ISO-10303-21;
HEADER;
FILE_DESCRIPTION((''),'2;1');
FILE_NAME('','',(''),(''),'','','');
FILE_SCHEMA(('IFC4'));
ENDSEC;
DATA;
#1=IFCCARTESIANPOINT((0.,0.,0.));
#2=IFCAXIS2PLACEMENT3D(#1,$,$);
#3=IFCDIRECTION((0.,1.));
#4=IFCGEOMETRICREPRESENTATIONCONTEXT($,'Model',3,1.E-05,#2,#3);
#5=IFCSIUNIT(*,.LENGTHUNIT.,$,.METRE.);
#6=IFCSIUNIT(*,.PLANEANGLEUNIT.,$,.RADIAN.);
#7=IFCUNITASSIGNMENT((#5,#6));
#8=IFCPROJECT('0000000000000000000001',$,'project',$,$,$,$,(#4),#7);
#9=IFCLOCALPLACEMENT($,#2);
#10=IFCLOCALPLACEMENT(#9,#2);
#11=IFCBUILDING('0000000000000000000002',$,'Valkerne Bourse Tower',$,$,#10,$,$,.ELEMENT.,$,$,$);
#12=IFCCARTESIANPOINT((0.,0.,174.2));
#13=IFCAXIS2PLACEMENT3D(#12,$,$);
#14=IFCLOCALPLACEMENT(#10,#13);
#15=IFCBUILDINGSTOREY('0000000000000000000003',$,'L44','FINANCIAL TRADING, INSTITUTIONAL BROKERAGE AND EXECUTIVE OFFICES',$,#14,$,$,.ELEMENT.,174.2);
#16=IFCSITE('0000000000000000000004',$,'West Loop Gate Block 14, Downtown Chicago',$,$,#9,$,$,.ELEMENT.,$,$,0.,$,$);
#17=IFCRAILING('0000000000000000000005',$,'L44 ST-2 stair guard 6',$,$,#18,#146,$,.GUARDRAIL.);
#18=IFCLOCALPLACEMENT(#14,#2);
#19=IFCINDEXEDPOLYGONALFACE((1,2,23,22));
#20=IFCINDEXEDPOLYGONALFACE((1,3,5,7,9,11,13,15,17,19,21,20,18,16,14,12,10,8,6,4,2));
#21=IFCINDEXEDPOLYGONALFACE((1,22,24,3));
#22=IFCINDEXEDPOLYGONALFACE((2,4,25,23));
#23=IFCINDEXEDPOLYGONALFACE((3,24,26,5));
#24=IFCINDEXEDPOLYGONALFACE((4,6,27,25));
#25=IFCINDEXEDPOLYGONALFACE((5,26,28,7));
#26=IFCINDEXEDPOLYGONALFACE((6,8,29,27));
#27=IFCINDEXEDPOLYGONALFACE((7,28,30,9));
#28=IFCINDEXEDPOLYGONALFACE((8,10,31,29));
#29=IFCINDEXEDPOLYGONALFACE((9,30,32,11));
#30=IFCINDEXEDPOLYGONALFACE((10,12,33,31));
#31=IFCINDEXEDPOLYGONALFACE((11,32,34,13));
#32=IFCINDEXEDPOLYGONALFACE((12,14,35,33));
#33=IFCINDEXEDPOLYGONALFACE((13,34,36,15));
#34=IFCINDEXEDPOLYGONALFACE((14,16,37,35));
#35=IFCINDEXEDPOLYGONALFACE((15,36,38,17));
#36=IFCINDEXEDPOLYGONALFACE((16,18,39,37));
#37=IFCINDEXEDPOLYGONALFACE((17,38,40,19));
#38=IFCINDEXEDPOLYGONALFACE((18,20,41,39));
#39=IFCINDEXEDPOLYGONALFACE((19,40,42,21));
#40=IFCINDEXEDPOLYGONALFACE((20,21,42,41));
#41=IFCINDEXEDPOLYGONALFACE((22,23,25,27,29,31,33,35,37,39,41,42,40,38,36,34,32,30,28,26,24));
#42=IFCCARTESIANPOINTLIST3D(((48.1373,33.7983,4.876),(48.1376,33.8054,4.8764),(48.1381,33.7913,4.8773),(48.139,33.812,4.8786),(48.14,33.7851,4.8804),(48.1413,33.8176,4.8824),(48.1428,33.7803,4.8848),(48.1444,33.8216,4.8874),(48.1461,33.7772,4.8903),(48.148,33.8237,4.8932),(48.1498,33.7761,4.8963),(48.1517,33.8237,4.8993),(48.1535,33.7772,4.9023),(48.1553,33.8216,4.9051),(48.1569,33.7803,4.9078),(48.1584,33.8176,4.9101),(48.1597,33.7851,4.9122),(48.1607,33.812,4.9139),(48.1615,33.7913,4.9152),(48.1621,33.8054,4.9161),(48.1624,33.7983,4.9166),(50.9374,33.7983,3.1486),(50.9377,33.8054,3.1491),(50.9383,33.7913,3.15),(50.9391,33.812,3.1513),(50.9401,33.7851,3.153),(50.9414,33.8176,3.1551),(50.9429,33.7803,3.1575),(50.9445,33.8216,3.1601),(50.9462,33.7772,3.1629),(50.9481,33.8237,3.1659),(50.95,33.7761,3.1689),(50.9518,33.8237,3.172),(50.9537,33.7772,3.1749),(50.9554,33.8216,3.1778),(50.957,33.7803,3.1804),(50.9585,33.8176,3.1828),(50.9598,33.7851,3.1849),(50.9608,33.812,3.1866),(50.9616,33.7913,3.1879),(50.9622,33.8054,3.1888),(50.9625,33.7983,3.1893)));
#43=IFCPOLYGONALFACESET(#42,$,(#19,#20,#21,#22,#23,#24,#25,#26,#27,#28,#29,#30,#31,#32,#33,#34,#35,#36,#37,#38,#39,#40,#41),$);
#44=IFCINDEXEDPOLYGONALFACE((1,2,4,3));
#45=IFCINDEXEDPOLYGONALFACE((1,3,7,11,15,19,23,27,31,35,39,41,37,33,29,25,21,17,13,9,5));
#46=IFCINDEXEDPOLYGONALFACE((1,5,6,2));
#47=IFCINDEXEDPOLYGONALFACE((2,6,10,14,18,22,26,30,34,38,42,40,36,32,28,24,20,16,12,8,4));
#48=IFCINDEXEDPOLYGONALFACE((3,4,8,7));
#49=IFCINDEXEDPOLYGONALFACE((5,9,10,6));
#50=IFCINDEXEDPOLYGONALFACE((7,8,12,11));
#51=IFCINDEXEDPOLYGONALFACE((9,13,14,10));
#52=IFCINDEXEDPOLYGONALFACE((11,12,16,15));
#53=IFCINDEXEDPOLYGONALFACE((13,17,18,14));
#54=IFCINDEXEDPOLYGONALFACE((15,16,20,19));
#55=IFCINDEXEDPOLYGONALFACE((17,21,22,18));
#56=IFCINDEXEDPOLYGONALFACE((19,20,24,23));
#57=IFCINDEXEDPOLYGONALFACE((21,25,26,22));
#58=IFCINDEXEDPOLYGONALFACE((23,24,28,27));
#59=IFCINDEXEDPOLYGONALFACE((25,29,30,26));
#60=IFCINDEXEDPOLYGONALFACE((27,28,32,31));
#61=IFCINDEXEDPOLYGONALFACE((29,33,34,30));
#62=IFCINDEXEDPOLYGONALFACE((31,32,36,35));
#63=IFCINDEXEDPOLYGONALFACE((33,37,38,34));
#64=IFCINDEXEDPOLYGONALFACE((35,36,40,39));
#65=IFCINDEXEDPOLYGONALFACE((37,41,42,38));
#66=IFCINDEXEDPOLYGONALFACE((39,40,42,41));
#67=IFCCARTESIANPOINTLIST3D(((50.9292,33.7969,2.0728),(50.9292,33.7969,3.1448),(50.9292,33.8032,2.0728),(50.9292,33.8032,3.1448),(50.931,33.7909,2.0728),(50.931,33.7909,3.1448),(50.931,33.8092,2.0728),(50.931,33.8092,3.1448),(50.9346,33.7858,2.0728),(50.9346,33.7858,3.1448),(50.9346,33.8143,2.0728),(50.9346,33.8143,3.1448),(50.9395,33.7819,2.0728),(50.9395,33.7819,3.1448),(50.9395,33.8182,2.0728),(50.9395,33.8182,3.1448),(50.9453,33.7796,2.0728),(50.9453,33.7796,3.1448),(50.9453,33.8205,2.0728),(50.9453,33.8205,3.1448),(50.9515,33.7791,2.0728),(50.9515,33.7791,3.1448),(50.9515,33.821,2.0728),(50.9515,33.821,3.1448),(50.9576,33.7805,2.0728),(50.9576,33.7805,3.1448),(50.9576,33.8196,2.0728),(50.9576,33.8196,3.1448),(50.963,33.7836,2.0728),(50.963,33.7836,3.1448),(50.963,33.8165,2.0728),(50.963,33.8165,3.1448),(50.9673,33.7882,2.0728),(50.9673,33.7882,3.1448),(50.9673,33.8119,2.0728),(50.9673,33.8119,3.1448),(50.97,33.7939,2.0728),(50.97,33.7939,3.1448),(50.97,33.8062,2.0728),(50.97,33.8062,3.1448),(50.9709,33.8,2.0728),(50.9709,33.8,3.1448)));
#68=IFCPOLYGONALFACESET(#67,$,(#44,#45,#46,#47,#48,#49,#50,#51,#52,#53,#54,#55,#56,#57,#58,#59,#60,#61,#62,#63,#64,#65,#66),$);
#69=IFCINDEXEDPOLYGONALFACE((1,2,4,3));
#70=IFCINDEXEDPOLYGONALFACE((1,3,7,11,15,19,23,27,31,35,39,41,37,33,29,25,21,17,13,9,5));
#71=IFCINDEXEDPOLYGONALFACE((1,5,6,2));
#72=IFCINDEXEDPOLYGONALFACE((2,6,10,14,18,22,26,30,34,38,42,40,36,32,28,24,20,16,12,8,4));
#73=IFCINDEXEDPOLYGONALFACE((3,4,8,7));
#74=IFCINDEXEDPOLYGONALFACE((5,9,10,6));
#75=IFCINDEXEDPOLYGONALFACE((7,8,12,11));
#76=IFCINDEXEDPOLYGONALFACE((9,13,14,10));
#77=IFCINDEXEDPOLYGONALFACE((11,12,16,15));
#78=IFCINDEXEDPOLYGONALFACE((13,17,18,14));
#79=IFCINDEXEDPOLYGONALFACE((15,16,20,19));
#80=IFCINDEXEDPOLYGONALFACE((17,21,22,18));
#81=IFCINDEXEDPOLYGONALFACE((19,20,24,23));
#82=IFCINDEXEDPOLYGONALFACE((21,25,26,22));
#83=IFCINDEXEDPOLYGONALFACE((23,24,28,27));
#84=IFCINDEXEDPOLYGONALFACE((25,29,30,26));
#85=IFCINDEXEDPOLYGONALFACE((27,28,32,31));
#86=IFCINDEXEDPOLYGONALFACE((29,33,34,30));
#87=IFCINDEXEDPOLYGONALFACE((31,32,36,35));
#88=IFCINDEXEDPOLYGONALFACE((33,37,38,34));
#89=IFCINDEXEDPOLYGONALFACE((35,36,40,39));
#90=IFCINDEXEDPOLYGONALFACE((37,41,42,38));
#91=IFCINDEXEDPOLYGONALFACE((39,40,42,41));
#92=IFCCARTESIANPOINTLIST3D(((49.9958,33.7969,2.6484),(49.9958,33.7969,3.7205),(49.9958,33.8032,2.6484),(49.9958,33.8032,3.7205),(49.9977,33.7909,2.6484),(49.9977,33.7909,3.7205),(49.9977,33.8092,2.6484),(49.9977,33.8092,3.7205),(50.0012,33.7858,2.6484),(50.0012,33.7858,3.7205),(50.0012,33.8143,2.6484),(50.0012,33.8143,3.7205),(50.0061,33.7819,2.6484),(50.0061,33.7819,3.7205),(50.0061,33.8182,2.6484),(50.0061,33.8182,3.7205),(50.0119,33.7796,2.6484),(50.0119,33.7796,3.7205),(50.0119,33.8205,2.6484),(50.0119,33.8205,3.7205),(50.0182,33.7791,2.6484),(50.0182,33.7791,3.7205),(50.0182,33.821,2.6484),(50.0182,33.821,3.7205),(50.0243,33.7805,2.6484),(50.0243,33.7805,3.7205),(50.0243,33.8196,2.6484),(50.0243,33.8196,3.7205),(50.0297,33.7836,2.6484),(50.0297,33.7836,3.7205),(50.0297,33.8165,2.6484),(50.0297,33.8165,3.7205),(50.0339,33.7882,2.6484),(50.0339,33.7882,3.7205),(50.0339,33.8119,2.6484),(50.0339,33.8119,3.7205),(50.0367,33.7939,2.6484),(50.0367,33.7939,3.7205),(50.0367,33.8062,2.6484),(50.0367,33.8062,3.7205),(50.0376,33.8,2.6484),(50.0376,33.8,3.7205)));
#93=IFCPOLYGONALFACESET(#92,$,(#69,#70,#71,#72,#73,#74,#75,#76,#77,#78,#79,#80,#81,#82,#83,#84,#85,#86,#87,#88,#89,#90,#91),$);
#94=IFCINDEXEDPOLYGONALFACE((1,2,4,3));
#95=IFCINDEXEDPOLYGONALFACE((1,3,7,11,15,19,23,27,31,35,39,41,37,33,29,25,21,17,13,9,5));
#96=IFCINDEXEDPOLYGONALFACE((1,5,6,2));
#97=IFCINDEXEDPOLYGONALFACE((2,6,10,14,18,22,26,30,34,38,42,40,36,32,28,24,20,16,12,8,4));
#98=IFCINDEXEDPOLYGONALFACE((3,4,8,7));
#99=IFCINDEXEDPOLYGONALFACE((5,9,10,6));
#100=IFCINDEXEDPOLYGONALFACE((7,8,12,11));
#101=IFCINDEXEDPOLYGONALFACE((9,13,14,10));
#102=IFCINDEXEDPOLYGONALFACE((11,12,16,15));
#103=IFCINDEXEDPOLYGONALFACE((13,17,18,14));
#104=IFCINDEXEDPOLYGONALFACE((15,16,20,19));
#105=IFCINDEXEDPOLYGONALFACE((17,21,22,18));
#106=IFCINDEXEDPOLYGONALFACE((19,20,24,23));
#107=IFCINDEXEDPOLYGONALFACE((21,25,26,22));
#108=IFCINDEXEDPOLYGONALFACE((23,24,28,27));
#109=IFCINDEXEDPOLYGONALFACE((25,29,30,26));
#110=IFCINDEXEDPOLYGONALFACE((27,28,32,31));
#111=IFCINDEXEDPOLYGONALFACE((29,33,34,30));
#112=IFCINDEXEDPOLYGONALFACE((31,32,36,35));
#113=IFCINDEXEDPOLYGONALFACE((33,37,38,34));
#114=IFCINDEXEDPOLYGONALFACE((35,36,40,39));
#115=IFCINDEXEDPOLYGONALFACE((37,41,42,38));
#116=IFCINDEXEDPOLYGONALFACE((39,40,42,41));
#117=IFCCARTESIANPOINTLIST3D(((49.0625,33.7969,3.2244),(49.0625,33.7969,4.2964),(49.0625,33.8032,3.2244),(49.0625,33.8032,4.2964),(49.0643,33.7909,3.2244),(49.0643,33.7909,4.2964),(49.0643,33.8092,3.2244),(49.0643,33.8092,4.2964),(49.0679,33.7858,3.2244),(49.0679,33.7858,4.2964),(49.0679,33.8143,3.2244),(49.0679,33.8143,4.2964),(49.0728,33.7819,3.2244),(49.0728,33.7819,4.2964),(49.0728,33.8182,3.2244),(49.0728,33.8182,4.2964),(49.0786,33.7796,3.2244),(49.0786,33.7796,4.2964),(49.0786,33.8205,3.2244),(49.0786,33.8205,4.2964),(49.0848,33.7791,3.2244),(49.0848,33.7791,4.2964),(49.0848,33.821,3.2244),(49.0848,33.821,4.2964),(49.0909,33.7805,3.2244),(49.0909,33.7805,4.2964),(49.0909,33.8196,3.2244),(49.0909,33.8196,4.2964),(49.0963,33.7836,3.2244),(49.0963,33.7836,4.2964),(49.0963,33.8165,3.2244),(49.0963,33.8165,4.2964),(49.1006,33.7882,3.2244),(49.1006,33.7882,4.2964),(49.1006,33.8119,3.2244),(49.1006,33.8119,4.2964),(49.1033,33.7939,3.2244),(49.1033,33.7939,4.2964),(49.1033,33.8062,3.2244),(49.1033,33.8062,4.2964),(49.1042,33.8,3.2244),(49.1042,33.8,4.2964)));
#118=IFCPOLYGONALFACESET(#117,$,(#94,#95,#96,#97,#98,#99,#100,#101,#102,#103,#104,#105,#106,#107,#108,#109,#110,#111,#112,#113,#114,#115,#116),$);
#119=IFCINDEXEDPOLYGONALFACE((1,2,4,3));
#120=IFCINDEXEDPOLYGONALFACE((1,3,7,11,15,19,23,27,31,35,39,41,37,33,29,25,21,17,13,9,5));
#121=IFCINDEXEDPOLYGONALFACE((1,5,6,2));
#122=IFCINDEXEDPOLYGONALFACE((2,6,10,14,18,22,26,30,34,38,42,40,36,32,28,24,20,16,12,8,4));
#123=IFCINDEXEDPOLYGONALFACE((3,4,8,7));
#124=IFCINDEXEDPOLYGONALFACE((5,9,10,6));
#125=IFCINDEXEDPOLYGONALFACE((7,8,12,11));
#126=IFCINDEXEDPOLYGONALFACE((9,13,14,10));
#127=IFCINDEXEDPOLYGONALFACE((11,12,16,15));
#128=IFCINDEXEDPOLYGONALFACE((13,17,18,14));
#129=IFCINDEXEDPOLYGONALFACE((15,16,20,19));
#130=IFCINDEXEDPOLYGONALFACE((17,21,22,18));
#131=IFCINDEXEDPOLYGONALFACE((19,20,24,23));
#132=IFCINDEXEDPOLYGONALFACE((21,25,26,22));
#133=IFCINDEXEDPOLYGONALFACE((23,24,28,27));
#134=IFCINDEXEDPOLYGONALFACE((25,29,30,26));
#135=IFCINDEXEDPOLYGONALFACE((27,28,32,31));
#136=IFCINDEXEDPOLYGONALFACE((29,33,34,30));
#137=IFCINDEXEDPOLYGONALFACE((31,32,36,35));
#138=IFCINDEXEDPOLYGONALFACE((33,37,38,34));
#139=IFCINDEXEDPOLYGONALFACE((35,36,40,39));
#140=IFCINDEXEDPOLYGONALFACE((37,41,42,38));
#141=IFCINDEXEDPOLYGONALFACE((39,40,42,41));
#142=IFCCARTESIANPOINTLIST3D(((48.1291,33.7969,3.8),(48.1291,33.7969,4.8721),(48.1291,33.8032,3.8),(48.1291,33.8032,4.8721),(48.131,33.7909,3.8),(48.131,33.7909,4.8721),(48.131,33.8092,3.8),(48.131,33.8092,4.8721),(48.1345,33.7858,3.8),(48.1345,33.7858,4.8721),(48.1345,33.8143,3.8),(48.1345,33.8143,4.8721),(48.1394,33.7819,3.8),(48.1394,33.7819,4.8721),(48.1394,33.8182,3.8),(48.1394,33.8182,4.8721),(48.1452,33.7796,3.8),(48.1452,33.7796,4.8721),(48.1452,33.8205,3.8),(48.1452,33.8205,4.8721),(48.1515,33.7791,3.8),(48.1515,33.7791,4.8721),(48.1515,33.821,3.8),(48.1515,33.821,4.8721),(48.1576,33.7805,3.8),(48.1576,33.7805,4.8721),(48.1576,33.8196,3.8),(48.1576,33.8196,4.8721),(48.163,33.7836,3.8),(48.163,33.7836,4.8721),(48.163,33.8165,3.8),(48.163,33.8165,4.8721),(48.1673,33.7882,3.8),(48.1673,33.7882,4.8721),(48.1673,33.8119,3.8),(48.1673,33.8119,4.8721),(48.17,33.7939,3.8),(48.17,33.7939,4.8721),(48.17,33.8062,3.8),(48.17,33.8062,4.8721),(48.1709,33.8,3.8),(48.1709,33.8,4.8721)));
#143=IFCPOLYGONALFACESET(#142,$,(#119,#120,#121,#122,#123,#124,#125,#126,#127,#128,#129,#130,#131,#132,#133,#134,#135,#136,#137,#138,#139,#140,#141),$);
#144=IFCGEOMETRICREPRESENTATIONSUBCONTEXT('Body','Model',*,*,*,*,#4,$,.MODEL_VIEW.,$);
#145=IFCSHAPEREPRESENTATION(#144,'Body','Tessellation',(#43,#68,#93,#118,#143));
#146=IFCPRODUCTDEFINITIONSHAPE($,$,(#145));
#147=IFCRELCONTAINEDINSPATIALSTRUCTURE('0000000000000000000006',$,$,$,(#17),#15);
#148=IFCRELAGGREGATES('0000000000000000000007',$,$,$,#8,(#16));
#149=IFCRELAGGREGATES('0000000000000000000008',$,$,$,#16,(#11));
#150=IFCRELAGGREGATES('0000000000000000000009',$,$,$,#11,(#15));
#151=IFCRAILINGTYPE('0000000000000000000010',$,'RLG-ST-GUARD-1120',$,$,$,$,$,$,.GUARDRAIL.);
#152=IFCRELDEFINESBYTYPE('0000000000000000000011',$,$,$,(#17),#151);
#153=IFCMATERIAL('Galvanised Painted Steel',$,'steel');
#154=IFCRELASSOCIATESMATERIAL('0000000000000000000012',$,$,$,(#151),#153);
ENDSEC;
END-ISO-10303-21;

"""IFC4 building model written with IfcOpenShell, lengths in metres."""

from ifc_helpers import new_model, si_unit, direction, frame, origin, origin_2d, place, context, subcontext, project, spatial, circle, extrude, material, type_object, element, save


model = new_model("IFC4")

# Units and contexts
model_context = context("Model", 3, precision=1e-05, world=origin(), true_north=direction((0.0, 1.0)))
body_context = subcontext(model_context, "Body", "Model", "MODEL_VIEW")
ifc_project = project(units=[si_unit("LENGTHUNIT", "METRE"), si_unit("PLANEANGLEUNIT", "RADIAN")], contexts=[model_context])

# Site, building, storey
site_placement = place(None, origin())
site = spatial("IfcSite", under=ifc_project, at=site_placement, Name="West Loop Gate Block 14, Downtown Chicago", CompositionType="ELEMENT", RefElevation=0.0)
building_placement = place(site_placement, origin())
building = spatial("IfcBuilding", under=site, at=building_placement, Name="Valkerne Bourse Tower", CompositionType="ELEMENT")
storey_placement = place(building_placement, frame((0.0, 0.0, 174.2)))
storey = spatial("IfcBuildingStorey", under=building, at=storey_placement, Name="L44", Description="FINANCIAL TRADING, INSTITUTIONAL BROKERAGE AND EXECUTIVE OFFICES", CompositionType="ELEMENT", Elevation=174.2)

# Railing
ifc_material_1 = material(Name="Galvanised Painted Steel", Category="steel")
railing_type = type_object("IfcRailingType", Name="RLG-ST-GUARD-1120", PredefinedType="GUARDRAIL", material=ifc_material_1)
railing_1_placement = place(storey_placement, frame((50.95, 33.8, 2.0728)))
element("IfcRailing", 1, at=railing_1_placement, inside=storey, type_object=railing_type, Name="L44 ST-2 stair guard 6", PredefinedType="GUARDRAIL", context=body_context, shape_type="SweptSolid", body=[
    extrude(circle(Radius=0.0239, at=origin_2d()), frame((0.0, 0.0, 1.0962), z_axis=(-0.85109, 0.0, 0.52502), x_axis=(0.0, -1.0, 0.0)), (0.0, 0.0, 1.0), 3.29),
    extrude(circle(Radius=0.021, at=origin_2d()), origin(), (0.0, 0.0, 1.0), 1.072),
    extrude(circle(Radius=0.021, at=origin_2d()), frame((-0.9333, 0.0, 0.5757)), (0.0, 0.0, 1.0), 1.072),
    extrude(circle(Radius=0.021, at=origin_2d()), frame((-1.8667, 0.0, 1.1516)), (0.0, 0.0, 1.0), 1.072),
    extrude(circle(Radius=0.021, at=origin_2d()), frame((-2.8, 0.0, 1.7273)), (0.0, 0.0, 1.0), 1.072),
])

save(model, "model.ifc")
